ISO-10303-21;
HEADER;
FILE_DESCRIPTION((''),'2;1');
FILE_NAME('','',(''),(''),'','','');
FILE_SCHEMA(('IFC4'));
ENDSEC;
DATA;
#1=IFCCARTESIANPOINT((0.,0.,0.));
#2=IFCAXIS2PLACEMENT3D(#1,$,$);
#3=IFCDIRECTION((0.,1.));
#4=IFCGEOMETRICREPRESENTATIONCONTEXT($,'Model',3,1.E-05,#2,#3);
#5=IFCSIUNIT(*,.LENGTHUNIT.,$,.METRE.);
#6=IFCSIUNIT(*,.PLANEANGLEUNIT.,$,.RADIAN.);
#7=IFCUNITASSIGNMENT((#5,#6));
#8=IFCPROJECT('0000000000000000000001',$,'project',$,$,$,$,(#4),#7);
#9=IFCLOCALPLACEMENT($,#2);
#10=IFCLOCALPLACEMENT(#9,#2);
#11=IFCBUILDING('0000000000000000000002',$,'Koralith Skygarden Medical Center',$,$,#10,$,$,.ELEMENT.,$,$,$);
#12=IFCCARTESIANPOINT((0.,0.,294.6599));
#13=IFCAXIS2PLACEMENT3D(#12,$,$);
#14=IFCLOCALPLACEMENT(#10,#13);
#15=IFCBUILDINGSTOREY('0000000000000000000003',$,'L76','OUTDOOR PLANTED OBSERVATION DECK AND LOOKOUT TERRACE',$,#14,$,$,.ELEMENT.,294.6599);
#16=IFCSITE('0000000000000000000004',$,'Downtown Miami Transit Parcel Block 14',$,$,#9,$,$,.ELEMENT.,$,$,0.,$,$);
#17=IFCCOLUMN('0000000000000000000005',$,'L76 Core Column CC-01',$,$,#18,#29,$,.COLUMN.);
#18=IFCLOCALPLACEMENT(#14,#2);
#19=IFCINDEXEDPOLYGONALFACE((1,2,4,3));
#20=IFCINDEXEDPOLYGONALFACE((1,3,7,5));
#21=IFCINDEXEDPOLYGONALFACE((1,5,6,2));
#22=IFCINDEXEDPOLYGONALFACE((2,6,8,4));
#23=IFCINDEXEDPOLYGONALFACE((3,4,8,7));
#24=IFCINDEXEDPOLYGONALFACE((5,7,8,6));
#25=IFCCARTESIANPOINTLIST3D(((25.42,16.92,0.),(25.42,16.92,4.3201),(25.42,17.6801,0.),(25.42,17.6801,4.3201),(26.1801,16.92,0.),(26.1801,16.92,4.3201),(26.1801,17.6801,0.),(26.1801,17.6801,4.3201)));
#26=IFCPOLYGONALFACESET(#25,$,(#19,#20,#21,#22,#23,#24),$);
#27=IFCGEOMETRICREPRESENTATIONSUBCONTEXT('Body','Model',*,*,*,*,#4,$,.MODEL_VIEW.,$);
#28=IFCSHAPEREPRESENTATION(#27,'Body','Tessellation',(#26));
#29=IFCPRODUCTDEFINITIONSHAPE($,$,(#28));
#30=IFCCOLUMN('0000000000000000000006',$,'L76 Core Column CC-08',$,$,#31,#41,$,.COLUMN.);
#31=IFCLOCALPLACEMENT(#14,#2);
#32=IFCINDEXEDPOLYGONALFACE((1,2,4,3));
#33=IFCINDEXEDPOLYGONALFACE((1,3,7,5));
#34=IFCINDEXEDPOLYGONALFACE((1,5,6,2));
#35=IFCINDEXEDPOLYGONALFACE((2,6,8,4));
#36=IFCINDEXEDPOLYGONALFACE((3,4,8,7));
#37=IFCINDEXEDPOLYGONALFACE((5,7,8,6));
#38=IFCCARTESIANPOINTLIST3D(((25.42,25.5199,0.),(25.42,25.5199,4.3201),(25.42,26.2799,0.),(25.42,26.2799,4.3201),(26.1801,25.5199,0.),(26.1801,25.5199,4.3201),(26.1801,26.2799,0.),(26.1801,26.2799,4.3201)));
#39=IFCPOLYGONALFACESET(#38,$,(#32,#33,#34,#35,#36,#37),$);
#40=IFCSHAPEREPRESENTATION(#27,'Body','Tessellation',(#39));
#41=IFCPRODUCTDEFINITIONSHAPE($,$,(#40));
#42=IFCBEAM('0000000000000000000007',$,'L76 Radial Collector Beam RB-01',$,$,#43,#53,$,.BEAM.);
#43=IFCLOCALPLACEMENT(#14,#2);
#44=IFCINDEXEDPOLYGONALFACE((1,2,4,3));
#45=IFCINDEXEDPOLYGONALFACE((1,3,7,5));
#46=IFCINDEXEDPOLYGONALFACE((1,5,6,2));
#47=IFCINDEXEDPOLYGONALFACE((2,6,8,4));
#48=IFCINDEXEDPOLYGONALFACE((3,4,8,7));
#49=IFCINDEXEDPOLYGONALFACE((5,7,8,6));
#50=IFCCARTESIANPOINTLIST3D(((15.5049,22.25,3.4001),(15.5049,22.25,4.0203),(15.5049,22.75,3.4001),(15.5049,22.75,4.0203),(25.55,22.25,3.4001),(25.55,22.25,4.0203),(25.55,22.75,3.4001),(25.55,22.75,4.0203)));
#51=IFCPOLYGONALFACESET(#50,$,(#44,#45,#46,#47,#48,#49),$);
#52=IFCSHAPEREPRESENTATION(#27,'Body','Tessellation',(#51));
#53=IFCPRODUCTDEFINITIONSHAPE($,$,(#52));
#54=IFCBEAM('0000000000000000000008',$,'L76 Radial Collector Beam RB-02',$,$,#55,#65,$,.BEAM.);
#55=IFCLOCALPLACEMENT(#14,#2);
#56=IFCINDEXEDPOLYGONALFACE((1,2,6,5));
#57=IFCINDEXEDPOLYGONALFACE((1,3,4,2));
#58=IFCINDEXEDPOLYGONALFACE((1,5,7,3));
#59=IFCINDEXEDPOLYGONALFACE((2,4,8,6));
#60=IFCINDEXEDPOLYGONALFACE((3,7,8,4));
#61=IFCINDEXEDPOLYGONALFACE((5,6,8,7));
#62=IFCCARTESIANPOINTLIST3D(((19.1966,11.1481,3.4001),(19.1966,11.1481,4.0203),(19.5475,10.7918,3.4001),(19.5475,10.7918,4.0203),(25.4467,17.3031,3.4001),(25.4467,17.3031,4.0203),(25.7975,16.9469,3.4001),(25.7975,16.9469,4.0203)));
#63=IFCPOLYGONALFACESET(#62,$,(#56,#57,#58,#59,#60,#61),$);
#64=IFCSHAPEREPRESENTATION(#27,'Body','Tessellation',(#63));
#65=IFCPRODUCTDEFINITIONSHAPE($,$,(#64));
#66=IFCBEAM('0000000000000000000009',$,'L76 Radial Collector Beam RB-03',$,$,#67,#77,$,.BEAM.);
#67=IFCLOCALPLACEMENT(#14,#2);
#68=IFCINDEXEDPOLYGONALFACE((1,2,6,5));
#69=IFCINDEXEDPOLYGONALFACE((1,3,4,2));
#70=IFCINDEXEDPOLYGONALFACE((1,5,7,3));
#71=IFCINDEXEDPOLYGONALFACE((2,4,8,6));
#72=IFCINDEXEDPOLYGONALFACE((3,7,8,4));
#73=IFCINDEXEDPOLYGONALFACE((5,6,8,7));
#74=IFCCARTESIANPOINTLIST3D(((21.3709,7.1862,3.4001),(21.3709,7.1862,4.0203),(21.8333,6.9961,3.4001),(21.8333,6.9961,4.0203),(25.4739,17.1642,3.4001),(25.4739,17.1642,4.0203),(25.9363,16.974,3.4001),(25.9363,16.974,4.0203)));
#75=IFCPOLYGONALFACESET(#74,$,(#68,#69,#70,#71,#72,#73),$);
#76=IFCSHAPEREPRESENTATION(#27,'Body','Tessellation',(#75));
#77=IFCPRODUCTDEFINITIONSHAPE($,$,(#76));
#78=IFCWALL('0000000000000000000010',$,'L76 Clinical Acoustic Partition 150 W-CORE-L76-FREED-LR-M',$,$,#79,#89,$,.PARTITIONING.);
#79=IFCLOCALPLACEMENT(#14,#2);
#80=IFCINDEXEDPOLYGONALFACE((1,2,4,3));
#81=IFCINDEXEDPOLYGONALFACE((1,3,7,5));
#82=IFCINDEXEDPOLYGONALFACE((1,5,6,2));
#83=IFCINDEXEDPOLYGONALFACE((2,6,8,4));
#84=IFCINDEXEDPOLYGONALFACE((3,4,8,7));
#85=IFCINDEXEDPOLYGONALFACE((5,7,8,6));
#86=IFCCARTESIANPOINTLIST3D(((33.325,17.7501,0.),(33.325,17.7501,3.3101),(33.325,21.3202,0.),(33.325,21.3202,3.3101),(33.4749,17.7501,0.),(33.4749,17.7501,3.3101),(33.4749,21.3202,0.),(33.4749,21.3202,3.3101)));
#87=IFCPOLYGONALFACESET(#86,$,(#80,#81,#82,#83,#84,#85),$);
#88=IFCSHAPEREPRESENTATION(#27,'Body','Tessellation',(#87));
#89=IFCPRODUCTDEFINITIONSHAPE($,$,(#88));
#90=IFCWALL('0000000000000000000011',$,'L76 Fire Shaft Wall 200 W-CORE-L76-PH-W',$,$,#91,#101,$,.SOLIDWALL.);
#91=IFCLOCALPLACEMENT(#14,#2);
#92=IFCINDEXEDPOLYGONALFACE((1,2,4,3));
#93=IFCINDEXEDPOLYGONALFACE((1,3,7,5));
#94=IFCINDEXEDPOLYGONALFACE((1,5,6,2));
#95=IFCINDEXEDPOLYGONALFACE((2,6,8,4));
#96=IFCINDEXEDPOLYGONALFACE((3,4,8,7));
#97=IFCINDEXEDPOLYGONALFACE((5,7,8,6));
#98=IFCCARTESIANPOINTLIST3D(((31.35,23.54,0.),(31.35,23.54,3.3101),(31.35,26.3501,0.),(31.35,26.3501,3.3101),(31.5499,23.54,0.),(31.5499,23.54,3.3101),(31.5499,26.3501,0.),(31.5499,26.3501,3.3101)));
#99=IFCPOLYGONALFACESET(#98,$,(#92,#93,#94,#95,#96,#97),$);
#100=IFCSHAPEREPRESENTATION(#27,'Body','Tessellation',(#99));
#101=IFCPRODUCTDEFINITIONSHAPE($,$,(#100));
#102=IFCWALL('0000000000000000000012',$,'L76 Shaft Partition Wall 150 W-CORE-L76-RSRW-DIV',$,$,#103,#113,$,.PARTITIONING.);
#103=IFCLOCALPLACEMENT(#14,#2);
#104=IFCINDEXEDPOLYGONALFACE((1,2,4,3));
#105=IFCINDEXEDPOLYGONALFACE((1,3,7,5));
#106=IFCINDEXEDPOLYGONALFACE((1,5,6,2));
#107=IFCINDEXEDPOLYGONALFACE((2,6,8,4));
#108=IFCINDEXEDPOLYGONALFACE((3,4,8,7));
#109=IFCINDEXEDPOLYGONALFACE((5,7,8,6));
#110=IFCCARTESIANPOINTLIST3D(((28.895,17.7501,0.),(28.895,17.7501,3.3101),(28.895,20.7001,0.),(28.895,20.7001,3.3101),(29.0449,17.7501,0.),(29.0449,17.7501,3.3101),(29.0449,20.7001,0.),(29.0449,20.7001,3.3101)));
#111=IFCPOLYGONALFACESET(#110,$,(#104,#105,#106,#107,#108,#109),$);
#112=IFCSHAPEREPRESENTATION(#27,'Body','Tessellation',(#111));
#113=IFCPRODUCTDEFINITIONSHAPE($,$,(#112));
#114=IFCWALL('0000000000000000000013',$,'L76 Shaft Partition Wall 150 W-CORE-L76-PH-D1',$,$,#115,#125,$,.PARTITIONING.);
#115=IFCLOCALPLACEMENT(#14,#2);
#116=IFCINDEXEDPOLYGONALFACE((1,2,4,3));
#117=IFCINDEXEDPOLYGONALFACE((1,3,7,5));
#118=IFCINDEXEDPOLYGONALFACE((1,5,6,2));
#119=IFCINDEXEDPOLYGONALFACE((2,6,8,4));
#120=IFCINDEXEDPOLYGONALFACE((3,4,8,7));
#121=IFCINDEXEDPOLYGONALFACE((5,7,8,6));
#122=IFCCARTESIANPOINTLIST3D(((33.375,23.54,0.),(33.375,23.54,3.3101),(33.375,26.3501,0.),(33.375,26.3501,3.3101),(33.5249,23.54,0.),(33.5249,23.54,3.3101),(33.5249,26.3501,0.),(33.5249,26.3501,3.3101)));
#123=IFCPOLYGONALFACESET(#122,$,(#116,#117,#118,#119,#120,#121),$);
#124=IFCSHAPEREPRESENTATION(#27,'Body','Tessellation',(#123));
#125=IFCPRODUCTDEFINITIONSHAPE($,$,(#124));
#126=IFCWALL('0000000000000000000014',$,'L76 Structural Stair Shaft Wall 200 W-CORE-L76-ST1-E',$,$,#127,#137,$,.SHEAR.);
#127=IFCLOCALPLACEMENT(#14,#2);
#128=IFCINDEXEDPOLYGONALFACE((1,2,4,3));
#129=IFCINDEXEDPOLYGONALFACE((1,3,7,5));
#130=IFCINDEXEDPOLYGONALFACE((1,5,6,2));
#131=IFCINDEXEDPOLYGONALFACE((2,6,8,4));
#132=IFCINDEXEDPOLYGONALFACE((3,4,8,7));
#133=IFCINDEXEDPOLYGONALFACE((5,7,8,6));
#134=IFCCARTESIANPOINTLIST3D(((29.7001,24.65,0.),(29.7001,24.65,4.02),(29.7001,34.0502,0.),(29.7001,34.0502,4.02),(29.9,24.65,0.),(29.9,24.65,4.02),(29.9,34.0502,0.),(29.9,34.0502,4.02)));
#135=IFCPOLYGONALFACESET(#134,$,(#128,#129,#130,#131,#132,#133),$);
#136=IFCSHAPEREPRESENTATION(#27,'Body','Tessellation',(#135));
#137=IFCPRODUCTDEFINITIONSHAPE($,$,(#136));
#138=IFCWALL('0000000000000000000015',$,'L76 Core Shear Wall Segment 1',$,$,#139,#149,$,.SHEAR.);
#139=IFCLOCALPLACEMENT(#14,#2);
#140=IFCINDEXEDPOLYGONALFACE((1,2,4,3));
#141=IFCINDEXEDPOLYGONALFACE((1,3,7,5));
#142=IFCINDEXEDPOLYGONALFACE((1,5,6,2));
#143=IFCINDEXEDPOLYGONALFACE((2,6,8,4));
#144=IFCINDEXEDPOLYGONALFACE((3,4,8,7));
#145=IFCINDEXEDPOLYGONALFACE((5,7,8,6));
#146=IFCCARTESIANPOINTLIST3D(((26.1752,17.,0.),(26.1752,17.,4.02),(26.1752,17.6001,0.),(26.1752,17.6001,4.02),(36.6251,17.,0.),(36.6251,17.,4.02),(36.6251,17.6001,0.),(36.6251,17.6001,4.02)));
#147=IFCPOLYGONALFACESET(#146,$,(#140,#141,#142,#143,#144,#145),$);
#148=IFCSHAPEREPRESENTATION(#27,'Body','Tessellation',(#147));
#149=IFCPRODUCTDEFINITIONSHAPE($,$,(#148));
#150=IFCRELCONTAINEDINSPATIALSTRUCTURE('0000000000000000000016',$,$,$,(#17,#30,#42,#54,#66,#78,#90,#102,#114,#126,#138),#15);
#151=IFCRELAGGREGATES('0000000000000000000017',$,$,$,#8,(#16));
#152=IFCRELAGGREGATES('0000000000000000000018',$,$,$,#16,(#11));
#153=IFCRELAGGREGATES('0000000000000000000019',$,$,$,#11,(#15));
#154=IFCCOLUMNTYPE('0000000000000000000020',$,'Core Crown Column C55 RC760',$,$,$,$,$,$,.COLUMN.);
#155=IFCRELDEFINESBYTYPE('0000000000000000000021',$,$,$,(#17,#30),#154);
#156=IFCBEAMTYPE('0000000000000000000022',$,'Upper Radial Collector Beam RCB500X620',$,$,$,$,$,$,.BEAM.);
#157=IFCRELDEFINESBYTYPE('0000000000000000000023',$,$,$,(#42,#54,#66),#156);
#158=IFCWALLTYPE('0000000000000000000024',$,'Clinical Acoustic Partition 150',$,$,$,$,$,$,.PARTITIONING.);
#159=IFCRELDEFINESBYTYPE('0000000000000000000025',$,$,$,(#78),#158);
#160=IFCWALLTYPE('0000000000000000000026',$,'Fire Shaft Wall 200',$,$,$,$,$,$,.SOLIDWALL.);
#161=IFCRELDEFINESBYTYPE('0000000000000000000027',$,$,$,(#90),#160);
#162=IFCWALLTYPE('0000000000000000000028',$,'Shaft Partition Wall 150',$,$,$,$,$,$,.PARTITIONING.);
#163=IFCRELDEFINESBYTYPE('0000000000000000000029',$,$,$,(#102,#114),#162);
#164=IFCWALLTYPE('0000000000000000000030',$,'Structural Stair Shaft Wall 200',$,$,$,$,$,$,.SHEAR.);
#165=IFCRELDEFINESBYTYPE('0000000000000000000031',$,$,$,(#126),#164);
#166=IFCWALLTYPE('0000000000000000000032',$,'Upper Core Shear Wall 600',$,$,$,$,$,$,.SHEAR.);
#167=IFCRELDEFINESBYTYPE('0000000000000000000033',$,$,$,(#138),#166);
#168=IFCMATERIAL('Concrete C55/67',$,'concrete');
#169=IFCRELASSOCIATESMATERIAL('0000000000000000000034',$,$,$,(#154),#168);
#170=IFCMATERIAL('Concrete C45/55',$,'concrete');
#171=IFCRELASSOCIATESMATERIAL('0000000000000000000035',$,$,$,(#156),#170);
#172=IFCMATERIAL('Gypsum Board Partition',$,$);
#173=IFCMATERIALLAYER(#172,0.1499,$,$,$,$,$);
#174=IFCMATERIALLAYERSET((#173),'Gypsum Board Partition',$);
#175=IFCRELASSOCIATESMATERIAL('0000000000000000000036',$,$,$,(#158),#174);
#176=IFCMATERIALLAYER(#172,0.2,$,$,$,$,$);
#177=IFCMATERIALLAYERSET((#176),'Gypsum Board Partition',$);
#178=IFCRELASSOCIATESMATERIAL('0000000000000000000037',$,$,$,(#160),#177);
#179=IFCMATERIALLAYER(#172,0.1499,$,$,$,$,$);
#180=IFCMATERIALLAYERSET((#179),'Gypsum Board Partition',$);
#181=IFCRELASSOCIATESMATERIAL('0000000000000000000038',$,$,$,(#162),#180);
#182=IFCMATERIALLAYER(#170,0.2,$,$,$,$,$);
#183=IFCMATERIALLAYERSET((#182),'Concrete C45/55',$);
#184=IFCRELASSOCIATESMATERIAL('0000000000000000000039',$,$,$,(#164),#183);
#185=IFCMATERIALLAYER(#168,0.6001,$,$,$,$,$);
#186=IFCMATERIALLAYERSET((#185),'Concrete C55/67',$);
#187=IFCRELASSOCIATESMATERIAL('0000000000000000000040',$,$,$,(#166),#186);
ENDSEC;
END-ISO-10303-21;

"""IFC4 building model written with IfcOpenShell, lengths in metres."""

from ifc_helpers import new_model, si_unit, direction, frame, frame_2d, origin, origin_2d, place, context, subcontext, project, spatial, rectangle, extrude, material, layer, layer_set, material_profile, profile_set, type_object, element, save


model = new_model("IFC4")

# Units and contexts
model_context = context("Model", 3, precision=1e-05, world=origin(), true_north=direction((0.0, 1.0)))
body_context = subcontext(model_context, "Body", "Model", "MODEL_VIEW")
ifc_project = project(units=[si_unit("LENGTHUNIT", "METRE"), si_unit("PLANEANGLEUNIT", "RADIAN")], contexts=[model_context])

# Site, building, storey
site_placement = place(None, origin())
site = spatial("IfcSite", under=ifc_project, at=site_placement, Name="Downtown Miami Transit Parcel Block 14", CompositionType="ELEMENT", RefElevation=0.0)
building_placement = place(site_placement, origin())
building = spatial("IfcBuilding", under=site, at=building_placement, Name="Koralith Skygarden Medical Center", CompositionType="ELEMENT")
storey_placement = place(building_placement, frame((0.0, 0.0, 294.6599)))
storey = spatial("IfcBuildingStorey", under=building, at=storey_placement, Name="L76", Description="OUTDOOR PLANTED OBSERVATION DECK AND LOOKOUT TERRACE", CompositionType="ELEMENT", Elevation=294.6599)

# Columns
ifc_material_1 = material(Name="Concrete C55/67", Category="concrete")
ifc_material_profile_1 = material_profile(ifc_material_1, rectangle(XDim=0.76, YDim=0.76, at=origin_2d()), Name="RC760X760")
ifc_profile_set_1 = profile_set([ifc_material_profile_1], Name="Concrete C55/67")
column_type = type_object("IfcColumnType", Name="Core Crown Column C55 RC760", PredefinedType="COLUMN", material=ifc_profile_set_1)
for number, where, z_axis, x_axis, name in (
    (1, (25.8, 17.3, 0.0), (0.0, 0.0, 1.0), (1.0, 0.0, 0.0), "L76 Core Column CC-01"),
    (2, (25.8, 25.8999, 0.0), (0.0, 0.0, 1.0), (1.0, 0.0, 0.0), "L76 Core Column CC-08"),
):
    element("IfcColumn", number, at=place(storey_placement, frame(where, z_axis=z_axis, x_axis=x_axis)), inside=storey, type_object=column_type, Name=name, PredefinedType="COLUMN", context=body_context, shape_type="SweptSolid", body=[
        extrude(rectangle(XDim=0.76, YDim=0.76, at=origin_2d()), origin(), (0.0, 0.0, 1.0), 4.3201),
    ])

# Beams
ifc_material_2 = material(Name="Concrete C45/55", Category="concrete")
ifc_material_profile_2 = material_profile(ifc_material_2, rectangle(XDim=0.5, YDim=0.6201, at=origin_2d()), Name="RCB500X620")
ifc_profile_set_2 = profile_set([ifc_material_profile_2], Name="Concrete C45/55")
beam_type = type_object("IfcBeamType", Name="Upper Radial Collector Beam RCB500X620", PredefinedType="BEAM", material=ifc_profile_set_2)
beam_1_placement = place(storey_placement, frame((25.55, 22.5, 3.7102), z_axis=(-1.0, 0.0, 0.0), x_axis=(0.0, -1.0, 0.0)))
element("IfcBeam", 3, at=beam_1_placement, inside=storey, type_object=beam_type, Name="L76 Radial Collector Beam RB-01", PredefinedType="BEAM", context=body_context, shape_type="SweptSolid", body=[
    extrude(rectangle(XDim=0.5, YDim=0.6201, at=origin_2d()), origin(), (0.0, 0.0, 1.0), 10.0452),
])
beam_2_placement = place(storey_placement, frame((25.6221, 17.125, 3.7102), z_axis=(-0.712499, -0.701673, 0.0), x_axis=(0.701673, -0.712499, 0.0)))
element("IfcBeam", 4, at=beam_2_placement, inside=storey, type_object=beam_type, Name="L76 Radial Collector Beam RB-02", PredefinedType="BEAM", context=body_context, shape_type="SweptSolid", body=[
    extrude(rectangle(XDim=0.5, YDim=0.6201, at=origin_2d()), origin(), (0.0, 0.0, 1.0), 8.772),
])
beam_3_placement = place(storey_placement, frame((25.7051, 17.0691, 3.7102), z_axis=(-0.380308, -0.92486, 0.0), x_axis=(0.92486, -0.380308, 0.0)))
element("IfcBeam", 5, at=beam_3_placement, inside=storey, type_object=beam_type, Name="L76 Radial Collector Beam RB-03", PredefinedType="BEAM", context=body_context, shape_type="SweptSolid", body=[
    extrude(rectangle(XDim=0.5, YDim=0.6201, at=origin_2d()), origin(), (0.0, 0.0, 1.0), 10.7886),
])

# Shared definitions
ifc_material_3 = material(Name="Gypsum Board Partition")
ifc_layer_1 = layer(ifc_material_3, 0.1499)
ifc_layer_set_1 = layer_set([ifc_layer_1], Name="Gypsum Board Partition")
wall_type_1 = type_object("IfcWallType", Name="Clinical Acoustic Partition 150", PredefinedType="PARTITIONING", material=ifc_layer_set_1)

# Wall
wall_1_placement = place(storey_placement, frame((33.3999, 17.75, 0.0), z_axis=(0.0, 0.0, 1.0), x_axis=(0.0, 1.0, 0.0)))
element("IfcWall", 6, at=wall_1_placement, inside=storey, type_object=wall_type_1, Name="L76 Clinical Acoustic Partition 150 W-CORE-L76-FREED-LR-M", PredefinedType="PARTITIONING", context=body_context, shape_type="SweptSolid", body=[
    extrude(rectangle(XDim=3.5701, YDim=0.1499, at=frame_2d((1.7852, 0.0))), origin(), (0.0, 0.0, 1.0), 3.3101),
])

# Shared definitions
ifc_layer_2 = layer(ifc_material_3, 0.2)
ifc_layer_set_2 = layer_set([ifc_layer_2], Name="Gypsum Board Partition")
wall_type_2 = type_object("IfcWallType", Name="Fire Shaft Wall 200", PredefinedType="SOLIDWALL", material=ifc_layer_set_2)

# Walls
wall_2_placement = place(storey_placement, frame((31.45, 23.54, 0.0), z_axis=(0.0, 0.0, 1.0), x_axis=(0.0, 1.0, 0.0)))
element("IfcWall", 7, at=wall_2_placement, inside=storey, type_object=wall_type_2, Name="L76 Fire Shaft Wall 200 W-CORE-L76-PH-W", PredefinedType="SOLIDWALL", context=body_context, shape_type="SweptSolid", body=[
    extrude(rectangle(XDim=2.8101, YDim=0.2, at=frame_2d((1.405, 0.0))), origin(), (0.0, 0.0, 1.0), 3.3101),
])
ifc_layer_3 = layer(ifc_material_3, 0.1499)
ifc_layer_set_3 = layer_set([ifc_layer_3], Name="Gypsum Board Partition")
wall_type_3 = type_object("IfcWallType", Name="Shaft Partition Wall 150", PredefinedType="PARTITIONING", material=ifc_layer_set_3)
wall_3_placement = place(storey_placement, frame((28.97, 17.75, 0.0), z_axis=(0.0, 0.0, 1.0), x_axis=(0.0, 1.0, 0.0)))
element("IfcWall", 8, at=wall_3_placement, inside=storey, type_object=wall_type_3, Name="L76 Shaft Partition Wall 150 W-CORE-L76-RSRW-DIV", PredefinedType="PARTITIONING", context=body_context, shape_type="SweptSolid", body=[
    extrude(rectangle(XDim=2.95, YDim=0.1499, at=frame_2d((1.4751, 0.0))), origin(), (0.0, 0.0, 1.0), 3.3101),
])
wall_4_placement = place(storey_placement, frame((33.45, 23.54, 0.0), z_axis=(0.0, 0.0, 1.0), x_axis=(0.0, 1.0, 0.0)))
element("IfcWall", 9, at=wall_4_placement, inside=storey, type_object=wall_type_3, Name="L76 Shaft Partition Wall 150 W-CORE-L76-PH-D1", PredefinedType="PARTITIONING", context=body_context, shape_type="SweptSolid", body=[
    extrude(rectangle(XDim=2.8101, YDim=0.1499, at=frame_2d((1.405, 0.0))), origin(), (0.0, 0.0, 1.0), 3.3101),
])
ifc_layer_4 = layer(ifc_material_2, 0.2)
ifc_layer_set_4 = layer_set([ifc_layer_4], Name="Concrete C45/55")
wall_type_4 = type_object("IfcWallType", Name="Structural Stair Shaft Wall 200", PredefinedType="SHEAR", material=ifc_layer_set_4)
wall_5_placement = place(storey_placement, frame((29.8, 24.6499, 0.0), z_axis=(0.0, 0.0, 1.0), x_axis=(0.0, 1.0, 0.0)))
element("IfcWall", 10, at=wall_5_placement, inside=storey, type_object=wall_type_4, Name="L76 Structural Stair Shaft Wall 200 W-CORE-L76-ST1-E", PredefinedType="SHEAR", context=body_context, shape_type="SweptSolid", body=[
    extrude(rectangle(XDim=9.4001, YDim=0.2, at=frame_2d((4.7002, 0.0))), origin(), (0.0, 0.0, 1.0), 4.02),
])

# Wall
ifc_layer_5 = layer(ifc_material_1, 0.6001)
ifc_layer_set_5 = layer_set([ifc_layer_5], Name="Concrete C55/67")
wall_type_5 = type_object("IfcWallType", Name="Upper Core Shear Wall 600", PredefinedType="SHEAR", material=ifc_layer_set_5)
wall_6_placement = place(storey_placement, frame((26.175, 17.3, 0.0), z_axis=(0.0, 0.0, 1.0), x_axis=(1.0, 0.0, 0.0)))
element("IfcWall", 11, at=wall_6_placement, inside=storey, type_object=wall_type_5, Name="L76 Core Shear Wall Segment 1", PredefinedType="SHEAR", context=body_context, shape_type="SweptSolid", body=[
    extrude(rectangle(XDim=10.45, YDim=0.6001, at=frame_2d((5.2251, 0.0))), origin(), (0.0, 0.0, 1.0), 4.02),
])

save(model, "model.ifc")
